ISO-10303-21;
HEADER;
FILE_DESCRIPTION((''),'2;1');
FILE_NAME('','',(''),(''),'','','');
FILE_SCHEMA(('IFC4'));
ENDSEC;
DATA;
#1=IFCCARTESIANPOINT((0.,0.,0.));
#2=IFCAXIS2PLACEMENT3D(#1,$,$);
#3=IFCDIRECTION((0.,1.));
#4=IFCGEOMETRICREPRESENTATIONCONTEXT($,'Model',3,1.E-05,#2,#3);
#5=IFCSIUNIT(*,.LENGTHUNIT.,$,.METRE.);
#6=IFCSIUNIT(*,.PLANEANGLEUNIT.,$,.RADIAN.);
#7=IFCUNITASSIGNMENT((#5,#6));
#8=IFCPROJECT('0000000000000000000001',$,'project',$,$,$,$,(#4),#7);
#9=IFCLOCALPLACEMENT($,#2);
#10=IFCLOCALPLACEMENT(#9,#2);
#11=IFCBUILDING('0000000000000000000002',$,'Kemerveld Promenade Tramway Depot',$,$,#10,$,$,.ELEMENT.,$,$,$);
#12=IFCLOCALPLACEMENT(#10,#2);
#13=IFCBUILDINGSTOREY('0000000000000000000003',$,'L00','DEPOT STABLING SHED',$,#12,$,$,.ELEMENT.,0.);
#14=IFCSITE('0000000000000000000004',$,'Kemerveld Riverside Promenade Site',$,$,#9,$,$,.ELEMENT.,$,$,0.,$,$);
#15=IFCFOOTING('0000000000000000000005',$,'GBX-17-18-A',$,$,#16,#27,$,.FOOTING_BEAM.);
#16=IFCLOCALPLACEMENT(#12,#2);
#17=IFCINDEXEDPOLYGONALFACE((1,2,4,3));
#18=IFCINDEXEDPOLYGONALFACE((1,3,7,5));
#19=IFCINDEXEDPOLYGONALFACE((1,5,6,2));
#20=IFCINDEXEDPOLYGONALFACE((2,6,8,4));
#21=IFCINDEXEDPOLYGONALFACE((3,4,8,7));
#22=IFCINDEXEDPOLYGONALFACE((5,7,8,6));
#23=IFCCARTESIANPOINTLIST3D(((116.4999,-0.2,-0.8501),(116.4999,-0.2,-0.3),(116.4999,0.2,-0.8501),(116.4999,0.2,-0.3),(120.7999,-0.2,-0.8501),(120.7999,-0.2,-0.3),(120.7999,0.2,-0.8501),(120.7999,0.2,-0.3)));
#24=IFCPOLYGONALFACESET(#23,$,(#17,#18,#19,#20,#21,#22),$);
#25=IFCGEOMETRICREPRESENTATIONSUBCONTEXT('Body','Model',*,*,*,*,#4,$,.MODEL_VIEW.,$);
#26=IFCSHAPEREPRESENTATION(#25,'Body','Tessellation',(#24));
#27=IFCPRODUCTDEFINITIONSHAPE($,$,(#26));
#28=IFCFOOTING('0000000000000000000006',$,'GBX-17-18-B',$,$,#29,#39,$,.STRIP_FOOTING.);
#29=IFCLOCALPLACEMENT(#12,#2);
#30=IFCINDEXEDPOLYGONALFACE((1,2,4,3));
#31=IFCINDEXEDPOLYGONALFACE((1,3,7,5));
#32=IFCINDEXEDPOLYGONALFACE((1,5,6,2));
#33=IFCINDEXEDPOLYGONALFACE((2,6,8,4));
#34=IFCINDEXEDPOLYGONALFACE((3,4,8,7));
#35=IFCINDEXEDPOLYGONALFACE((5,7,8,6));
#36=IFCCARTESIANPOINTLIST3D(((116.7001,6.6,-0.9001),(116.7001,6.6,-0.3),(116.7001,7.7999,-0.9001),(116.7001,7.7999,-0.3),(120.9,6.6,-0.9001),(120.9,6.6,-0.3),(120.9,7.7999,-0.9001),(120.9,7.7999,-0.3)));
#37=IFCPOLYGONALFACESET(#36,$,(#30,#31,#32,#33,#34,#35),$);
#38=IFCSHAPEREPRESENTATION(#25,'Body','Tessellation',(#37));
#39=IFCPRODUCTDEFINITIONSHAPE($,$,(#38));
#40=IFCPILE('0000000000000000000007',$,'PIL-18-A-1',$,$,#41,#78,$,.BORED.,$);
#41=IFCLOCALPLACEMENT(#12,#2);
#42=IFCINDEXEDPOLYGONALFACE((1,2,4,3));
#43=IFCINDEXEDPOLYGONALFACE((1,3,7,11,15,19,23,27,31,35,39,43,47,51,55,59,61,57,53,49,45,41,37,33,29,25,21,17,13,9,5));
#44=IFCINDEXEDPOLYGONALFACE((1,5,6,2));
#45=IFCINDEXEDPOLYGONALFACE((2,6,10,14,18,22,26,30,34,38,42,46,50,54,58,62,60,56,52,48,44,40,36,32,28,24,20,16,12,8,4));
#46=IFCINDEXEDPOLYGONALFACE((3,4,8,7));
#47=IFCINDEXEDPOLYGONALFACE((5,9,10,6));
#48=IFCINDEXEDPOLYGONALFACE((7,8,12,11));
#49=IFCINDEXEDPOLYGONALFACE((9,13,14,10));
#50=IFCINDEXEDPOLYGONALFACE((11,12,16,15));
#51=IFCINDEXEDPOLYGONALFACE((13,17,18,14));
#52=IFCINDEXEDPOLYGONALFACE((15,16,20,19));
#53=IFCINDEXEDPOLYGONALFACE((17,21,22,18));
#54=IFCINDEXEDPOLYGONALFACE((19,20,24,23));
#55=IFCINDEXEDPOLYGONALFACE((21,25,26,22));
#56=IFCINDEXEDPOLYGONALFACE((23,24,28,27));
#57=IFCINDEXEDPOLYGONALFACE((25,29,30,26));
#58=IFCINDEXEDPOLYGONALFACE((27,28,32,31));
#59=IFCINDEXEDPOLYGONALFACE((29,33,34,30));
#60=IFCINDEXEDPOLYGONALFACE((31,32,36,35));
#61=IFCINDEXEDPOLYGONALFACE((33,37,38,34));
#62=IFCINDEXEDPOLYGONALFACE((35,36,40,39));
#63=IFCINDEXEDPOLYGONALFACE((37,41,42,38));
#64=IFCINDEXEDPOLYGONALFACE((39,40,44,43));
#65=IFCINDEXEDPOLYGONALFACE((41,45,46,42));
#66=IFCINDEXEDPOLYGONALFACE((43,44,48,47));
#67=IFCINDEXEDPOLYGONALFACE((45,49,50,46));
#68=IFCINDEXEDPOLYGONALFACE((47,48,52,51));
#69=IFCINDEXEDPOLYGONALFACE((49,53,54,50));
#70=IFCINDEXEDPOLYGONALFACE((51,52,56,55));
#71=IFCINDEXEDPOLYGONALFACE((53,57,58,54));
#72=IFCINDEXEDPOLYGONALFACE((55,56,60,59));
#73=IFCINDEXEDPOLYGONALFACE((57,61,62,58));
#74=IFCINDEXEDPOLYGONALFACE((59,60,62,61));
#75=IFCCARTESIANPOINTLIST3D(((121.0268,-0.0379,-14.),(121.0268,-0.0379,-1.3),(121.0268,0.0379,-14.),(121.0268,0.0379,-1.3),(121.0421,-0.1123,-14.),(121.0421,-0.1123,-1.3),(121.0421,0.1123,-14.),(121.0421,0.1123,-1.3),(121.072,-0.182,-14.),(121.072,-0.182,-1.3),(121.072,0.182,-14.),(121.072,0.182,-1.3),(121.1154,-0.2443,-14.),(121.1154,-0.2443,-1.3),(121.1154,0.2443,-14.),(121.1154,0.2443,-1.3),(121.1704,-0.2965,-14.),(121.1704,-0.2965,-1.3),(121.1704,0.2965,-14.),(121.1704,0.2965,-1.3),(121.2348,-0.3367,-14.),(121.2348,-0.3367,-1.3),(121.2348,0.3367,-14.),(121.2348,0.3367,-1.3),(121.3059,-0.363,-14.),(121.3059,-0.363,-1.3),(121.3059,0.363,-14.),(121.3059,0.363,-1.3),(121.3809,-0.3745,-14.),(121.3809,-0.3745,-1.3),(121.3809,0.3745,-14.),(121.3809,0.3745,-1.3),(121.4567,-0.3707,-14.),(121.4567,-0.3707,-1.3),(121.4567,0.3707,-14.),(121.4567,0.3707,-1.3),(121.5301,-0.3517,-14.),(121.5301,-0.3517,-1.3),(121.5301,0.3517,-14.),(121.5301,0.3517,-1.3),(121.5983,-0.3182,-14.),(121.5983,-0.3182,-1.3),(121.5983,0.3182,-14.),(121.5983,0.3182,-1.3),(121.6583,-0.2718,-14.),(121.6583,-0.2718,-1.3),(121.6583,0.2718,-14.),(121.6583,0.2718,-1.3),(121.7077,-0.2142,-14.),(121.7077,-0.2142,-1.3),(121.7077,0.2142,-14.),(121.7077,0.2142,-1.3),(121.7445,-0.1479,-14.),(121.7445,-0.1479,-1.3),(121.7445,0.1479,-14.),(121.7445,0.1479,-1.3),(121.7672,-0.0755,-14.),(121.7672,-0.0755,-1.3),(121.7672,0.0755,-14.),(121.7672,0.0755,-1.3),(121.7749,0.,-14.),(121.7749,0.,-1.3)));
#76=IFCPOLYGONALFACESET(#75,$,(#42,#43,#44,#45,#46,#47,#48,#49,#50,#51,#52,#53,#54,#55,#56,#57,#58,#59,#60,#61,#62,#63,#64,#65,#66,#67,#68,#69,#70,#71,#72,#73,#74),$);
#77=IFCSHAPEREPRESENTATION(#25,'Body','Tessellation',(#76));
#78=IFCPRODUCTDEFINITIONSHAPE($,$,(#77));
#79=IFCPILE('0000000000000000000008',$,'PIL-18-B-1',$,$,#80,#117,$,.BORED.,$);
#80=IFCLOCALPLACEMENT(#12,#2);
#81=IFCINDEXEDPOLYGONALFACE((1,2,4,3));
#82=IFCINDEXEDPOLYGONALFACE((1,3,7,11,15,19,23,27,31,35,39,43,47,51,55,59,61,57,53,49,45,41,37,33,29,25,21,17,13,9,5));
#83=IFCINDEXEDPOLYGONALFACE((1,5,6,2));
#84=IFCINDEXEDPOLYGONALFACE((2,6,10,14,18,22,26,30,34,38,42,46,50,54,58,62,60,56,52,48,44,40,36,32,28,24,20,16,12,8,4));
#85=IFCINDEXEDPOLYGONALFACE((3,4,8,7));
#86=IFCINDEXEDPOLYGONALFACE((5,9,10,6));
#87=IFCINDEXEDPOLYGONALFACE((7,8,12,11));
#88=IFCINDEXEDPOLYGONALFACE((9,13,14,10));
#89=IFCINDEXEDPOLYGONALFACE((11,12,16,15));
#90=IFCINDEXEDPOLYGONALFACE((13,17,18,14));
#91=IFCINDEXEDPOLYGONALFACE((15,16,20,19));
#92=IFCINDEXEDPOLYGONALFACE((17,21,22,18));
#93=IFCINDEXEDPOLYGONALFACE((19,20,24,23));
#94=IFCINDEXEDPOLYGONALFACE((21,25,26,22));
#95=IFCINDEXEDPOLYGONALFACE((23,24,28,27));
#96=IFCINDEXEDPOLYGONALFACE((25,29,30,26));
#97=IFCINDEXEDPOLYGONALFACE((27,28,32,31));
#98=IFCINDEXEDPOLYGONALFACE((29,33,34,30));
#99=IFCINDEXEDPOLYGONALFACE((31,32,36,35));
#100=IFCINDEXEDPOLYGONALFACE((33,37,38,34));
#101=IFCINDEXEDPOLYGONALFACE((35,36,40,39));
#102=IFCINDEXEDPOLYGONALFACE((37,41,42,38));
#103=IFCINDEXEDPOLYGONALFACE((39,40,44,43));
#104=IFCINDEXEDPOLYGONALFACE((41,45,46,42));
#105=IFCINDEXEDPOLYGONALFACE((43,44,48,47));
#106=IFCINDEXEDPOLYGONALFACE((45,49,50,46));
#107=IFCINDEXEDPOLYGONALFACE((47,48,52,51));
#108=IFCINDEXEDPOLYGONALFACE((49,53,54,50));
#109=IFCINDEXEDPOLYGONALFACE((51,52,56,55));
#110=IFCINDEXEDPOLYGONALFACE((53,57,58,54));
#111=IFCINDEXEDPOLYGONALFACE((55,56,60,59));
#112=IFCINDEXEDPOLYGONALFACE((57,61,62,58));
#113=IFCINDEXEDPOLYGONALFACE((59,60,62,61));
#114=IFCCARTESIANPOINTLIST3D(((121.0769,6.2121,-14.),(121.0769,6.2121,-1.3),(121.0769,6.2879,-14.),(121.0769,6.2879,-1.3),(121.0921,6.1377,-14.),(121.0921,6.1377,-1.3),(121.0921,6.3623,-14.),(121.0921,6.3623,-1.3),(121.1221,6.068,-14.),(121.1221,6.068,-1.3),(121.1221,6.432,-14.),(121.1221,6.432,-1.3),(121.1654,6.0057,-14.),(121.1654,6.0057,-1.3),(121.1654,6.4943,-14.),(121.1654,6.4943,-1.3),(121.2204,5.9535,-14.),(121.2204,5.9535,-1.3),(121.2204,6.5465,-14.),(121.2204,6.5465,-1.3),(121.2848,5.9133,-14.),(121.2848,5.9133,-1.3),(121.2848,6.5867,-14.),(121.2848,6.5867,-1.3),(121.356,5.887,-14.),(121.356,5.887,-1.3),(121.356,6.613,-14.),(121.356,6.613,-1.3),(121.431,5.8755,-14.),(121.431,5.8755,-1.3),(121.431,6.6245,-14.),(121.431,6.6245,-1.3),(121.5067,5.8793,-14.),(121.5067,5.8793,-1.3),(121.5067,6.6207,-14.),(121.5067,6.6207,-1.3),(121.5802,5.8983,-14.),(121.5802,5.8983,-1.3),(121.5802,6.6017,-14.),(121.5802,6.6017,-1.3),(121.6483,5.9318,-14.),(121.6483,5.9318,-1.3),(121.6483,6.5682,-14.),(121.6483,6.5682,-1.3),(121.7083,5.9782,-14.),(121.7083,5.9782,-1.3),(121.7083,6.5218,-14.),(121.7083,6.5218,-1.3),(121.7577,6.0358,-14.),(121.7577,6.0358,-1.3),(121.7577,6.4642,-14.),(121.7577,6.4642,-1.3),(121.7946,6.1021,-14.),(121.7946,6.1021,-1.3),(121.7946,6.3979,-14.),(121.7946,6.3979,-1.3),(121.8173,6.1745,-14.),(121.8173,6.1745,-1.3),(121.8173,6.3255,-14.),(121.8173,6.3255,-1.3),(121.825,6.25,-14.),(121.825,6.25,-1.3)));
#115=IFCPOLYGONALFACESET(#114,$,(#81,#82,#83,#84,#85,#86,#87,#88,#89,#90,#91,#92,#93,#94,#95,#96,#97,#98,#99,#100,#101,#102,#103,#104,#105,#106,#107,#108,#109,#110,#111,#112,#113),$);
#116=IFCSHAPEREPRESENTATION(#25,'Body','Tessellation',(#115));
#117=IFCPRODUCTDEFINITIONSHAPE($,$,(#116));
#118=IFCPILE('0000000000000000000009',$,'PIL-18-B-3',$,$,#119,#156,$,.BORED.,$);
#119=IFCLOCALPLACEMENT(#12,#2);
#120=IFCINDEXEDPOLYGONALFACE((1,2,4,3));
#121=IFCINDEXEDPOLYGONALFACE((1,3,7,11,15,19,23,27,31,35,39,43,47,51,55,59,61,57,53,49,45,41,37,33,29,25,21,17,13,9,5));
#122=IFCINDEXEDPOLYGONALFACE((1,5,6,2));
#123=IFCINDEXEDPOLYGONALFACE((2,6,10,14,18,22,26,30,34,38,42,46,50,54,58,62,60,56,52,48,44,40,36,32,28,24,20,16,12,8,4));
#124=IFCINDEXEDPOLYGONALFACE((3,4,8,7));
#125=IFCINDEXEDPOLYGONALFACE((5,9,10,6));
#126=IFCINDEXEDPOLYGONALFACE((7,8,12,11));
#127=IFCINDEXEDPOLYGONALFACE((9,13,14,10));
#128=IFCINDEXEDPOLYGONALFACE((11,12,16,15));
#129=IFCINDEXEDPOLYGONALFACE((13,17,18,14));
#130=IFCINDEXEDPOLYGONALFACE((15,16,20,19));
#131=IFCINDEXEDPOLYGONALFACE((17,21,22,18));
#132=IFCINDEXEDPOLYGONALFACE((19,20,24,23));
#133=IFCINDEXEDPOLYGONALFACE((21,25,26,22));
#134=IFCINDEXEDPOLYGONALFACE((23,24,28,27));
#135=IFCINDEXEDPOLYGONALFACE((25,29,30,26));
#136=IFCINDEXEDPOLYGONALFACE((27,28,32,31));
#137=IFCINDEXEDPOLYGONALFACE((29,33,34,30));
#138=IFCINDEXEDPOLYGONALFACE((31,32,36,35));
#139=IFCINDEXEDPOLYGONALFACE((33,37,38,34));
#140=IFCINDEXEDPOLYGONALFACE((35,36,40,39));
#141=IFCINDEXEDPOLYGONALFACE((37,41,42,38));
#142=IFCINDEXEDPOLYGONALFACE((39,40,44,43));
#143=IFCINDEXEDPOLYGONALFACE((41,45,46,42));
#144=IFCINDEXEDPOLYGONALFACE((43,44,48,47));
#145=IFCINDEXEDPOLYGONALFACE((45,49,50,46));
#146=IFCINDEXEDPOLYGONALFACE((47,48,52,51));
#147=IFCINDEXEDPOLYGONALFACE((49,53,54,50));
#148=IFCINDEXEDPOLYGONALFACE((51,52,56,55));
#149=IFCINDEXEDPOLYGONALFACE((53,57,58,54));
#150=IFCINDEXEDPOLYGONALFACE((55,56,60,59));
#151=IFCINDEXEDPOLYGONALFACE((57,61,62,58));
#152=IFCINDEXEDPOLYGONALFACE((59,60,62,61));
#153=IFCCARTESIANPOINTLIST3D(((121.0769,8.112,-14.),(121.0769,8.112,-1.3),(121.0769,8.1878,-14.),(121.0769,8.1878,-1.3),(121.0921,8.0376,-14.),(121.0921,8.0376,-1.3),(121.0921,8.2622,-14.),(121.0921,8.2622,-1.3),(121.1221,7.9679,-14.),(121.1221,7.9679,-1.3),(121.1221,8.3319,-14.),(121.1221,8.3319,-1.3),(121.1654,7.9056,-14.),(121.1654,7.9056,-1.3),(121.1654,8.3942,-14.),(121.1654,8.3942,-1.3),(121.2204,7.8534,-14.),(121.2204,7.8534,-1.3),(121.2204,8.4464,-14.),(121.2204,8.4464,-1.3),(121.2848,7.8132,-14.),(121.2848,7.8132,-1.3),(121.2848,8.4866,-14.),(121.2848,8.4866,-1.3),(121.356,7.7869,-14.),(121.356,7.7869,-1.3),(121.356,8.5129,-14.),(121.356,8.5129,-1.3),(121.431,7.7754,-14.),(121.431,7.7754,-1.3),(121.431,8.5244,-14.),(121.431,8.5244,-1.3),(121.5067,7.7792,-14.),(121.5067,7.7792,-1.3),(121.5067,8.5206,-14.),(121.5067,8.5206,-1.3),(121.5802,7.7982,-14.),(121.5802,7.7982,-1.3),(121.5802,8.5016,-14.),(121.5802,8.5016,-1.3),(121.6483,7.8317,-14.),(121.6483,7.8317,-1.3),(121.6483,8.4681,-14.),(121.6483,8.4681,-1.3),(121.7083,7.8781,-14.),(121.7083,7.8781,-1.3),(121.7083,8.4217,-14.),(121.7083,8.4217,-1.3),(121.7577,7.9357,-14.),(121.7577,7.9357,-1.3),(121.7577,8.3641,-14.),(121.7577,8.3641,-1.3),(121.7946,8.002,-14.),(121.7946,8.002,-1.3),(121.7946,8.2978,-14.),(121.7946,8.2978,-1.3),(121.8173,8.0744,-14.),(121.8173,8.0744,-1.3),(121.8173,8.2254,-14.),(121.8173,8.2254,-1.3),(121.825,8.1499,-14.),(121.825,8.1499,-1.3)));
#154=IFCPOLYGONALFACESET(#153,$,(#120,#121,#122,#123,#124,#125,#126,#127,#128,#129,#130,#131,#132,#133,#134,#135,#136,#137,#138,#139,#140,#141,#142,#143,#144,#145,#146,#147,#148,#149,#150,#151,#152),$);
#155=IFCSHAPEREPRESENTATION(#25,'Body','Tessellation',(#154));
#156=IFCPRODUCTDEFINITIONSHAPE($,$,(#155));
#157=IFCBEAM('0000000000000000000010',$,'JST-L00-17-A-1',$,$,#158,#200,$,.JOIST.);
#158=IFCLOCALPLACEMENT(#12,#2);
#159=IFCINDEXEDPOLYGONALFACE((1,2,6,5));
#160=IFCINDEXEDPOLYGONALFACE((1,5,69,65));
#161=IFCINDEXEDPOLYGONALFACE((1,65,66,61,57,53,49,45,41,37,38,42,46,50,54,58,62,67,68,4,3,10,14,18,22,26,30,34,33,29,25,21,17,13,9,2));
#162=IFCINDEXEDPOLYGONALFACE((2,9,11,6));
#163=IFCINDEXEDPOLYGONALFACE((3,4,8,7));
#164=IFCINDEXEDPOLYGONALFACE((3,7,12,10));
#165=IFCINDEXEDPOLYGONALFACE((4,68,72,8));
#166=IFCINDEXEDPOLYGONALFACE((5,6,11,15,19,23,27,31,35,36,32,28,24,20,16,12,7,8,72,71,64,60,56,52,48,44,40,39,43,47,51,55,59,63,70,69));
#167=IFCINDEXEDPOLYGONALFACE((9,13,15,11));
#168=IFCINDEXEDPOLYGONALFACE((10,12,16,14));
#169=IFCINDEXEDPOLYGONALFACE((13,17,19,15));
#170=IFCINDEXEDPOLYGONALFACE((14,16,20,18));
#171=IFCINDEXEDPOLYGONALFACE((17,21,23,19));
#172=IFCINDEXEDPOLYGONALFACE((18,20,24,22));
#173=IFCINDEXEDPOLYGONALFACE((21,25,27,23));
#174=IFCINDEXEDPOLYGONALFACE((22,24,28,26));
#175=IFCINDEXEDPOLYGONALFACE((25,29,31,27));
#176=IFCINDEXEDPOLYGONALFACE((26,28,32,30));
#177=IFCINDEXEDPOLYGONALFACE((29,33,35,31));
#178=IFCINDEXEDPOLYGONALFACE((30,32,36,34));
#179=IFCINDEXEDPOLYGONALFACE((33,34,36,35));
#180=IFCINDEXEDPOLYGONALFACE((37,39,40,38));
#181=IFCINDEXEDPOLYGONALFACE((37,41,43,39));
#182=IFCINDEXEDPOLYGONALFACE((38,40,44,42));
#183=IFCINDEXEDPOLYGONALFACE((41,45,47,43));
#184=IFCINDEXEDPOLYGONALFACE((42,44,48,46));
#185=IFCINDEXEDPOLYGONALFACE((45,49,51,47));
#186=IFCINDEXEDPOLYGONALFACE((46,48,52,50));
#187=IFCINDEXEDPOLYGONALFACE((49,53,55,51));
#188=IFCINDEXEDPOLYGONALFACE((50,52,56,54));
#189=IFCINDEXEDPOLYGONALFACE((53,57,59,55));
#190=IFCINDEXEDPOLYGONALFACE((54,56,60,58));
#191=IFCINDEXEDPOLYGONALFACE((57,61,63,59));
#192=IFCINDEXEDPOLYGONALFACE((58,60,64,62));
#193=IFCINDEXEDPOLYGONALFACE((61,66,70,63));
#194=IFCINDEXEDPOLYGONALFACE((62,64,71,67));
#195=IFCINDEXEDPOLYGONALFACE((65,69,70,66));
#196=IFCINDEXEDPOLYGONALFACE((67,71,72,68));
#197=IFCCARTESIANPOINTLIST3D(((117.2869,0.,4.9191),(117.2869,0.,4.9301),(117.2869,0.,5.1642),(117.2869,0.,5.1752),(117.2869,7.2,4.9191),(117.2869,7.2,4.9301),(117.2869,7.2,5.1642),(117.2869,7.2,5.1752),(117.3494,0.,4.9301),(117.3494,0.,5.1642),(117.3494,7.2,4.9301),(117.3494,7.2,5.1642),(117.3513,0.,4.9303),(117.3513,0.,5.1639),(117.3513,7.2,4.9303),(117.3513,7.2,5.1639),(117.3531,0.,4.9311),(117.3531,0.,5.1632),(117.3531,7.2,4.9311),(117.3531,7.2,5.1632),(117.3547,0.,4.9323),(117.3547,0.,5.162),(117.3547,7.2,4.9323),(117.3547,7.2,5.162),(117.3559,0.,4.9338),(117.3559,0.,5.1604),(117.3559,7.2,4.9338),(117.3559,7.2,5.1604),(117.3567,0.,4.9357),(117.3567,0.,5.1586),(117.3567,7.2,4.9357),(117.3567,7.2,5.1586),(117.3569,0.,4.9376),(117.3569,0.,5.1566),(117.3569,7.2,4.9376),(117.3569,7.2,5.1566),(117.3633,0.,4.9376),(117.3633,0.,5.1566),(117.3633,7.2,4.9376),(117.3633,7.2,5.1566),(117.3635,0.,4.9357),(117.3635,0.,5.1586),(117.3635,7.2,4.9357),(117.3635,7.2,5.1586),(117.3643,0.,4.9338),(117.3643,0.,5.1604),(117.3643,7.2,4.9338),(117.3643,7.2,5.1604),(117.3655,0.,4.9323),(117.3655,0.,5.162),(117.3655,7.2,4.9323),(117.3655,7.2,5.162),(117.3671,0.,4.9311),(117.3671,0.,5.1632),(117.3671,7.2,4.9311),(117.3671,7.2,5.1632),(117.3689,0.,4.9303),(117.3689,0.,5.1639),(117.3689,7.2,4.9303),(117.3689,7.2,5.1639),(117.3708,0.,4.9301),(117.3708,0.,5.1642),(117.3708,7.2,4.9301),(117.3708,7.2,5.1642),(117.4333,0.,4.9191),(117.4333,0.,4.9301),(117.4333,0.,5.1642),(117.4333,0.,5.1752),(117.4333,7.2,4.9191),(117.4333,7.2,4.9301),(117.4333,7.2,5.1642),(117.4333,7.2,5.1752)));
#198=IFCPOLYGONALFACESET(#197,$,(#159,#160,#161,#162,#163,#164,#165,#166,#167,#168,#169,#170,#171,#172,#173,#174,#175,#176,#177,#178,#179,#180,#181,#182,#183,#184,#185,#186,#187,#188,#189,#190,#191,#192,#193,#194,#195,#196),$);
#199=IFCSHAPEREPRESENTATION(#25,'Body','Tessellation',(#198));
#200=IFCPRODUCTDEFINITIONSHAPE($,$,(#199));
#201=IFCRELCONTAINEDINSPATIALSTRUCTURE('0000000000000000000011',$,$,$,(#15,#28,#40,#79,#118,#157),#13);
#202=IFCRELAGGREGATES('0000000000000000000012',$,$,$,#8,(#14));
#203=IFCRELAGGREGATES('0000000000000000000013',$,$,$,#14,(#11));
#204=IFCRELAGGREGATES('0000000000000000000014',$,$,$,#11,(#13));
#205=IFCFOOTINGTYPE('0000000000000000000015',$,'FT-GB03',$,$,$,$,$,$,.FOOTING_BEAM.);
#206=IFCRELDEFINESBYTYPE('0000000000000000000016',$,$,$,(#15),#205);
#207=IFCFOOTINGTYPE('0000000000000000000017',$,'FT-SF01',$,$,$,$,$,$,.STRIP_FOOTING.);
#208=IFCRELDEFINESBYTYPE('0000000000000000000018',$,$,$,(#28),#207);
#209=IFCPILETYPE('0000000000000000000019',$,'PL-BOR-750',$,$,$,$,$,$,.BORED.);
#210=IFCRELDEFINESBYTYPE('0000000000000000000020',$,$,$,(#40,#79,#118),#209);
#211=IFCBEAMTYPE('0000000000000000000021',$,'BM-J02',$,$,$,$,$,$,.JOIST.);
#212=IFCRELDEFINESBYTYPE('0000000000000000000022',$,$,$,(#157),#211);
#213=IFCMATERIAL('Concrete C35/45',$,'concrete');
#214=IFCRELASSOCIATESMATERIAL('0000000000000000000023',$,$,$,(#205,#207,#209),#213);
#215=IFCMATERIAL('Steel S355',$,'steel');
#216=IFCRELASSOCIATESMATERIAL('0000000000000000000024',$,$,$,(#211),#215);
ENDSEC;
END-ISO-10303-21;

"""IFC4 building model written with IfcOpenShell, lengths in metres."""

from ifc_helpers import new_model, si_unit, direction, frame, origin, origin_2d, place, context, subcontext, project, spatial, rectangle, circle, i_section, extrude, material, material_profile, profile_set, type_object, element, save


model = new_model("IFC4")

# Units and contexts
model_context = context("Model", 3, precision=1e-05, world=origin(), true_north=direction((0.0, 1.0)))
body_context = subcontext(model_context, "Body", "Model", "MODEL_VIEW")
ifc_project = project(units=[si_unit("LENGTHUNIT", "METRE"), si_unit("PLANEANGLEUNIT", "RADIAN")], contexts=[model_context])

# Site, building, storey
site_placement = place(None, origin())
site = spatial("IfcSite", under=ifc_project, at=site_placement, Name="Kemerveld Riverside Promenade Site", CompositionType="ELEMENT", RefElevation=0.0)
building_placement = place(site_placement, origin())
building = spatial("IfcBuilding", under=site, at=building_placement, Name="Kemerveld Promenade Tramway Depot", CompositionType="ELEMENT")
storey_placement = place(building_placement, origin())
storey = spatial("IfcBuildingStorey", under=building, at=storey_placement, Name="L00", Description="DEPOT STABLING SHED", CompositionType="ELEMENT", Elevation=0.0)

# Footings
ifc_material_1 = material(Name="Concrete C35/45", Category="concrete")
footing_type_1 = type_object("IfcFootingType", Name="FT-GB03", PredefinedType="FOOTING_BEAM", material=ifc_material_1)
footing_1_placement = place(storey_placement, frame((118.6499, 0.0, -0.8501), z_axis=(0.0, 0.0, 1.0), x_axis=(1.0, 0.0, 0.0)))
element("IfcFooting", 1, at=footing_1_placement, inside=storey, type_object=footing_type_1, Name="GBX-17-18-A", PredefinedType="FOOTING_BEAM", context=body_context, shape_type="SweptSolid", body=[
    extrude(rectangle(XDim=4.3, YDim=0.3999, at=origin_2d()), origin(), (0.0, 0.0, 1.0), 0.55),
])
footing_type_2 = type_object("IfcFootingType", Name="FT-SF01", PredefinedType="STRIP_FOOTING", material=ifc_material_1)
footing_2_placement = place(storey_placement, frame((118.8, 7.2, -0.9001), z_axis=(0.0, 0.0, 1.0), x_axis=(1.0, 0.0, 0.0)))
element("IfcFooting", 2, at=footing_2_placement, inside=storey, type_object=footing_type_2, Name="GBX-17-18-B", PredefinedType="STRIP_FOOTING", context=body_context, shape_type="SweptSolid", body=[
    extrude(rectangle(XDim=4.2, YDim=1.2, at=origin_2d()), origin(), (0.0, 0.0, 1.0), 0.6001),
])

# Piles
ifc_material_profile_1 = material_profile(ifc_material_1, circle(Radius=0.375, at=origin_2d()), Name="PILE-D750")
ifc_profile_set_1 = profile_set([ifc_material_profile_1], Name="Concrete C35/45")
pile_type = type_object("IfcPileType", Name="PL-BOR-750", PredefinedType="BORED", material=ifc_profile_set_1)
for number, where, z_axis, x_axis, name in (
    (3, (121.3999, 0.0, -1.3), (0.0, 0.0, -1.0), (1.0, 0.0, 0.0), "PIL-18-A-1"),
    (4, (121.45, 6.25, -1.3), (0.0, 0.0, -1.0), (1.0, 0.0, 0.0), "PIL-18-B-1"),
    (5, (121.45, 8.1499, -1.3), (0.0, 0.0, -1.0), (1.0, 0.0, 0.0), "PIL-18-B-3"),
):
    element("IfcPile", number, at=place(storey_placement, frame(where, z_axis=z_axis, x_axis=x_axis)), inside=storey, type_object=pile_type, Name=name, PredefinedType="BORED", context=body_context, shape_type="SweptSolid", body=[
        extrude(circle(Radius=0.375, at=origin_2d()), origin(), (0.0, 0.0, 1.0), 12.7),
    ])

# Beam
ifc_material_2 = material(Name="Steel S355", Category="steel")
ifc_material_profile_2 = material_profile(ifc_material_2, i_section(OverallWidth=0.1465, OverallDepth=0.2561, WebThickness=0.0063, FlangeThickness=0.011, FilletRadius=0.0076, at=origin_2d()), Name="254x146x37 UB")
ifc_profile_set_2 = profile_set([ifc_material_profile_2], Name="Steel S355")
beam_type_1 = type_object("IfcBeamType", Name="BM-J02", PredefinedType="JOIST", material=ifc_profile_set_2)
for number, where, z_axis, x_axis, name in (
    (6, (117.3601, 0.0, 5.0471), (0.0, 1.0, 0.0), (-1.0, 0.0, 0.0), "JST-L00-17-A-1"),
):
    element("IfcBeam", number, at=place(storey_placement, frame(where, z_axis=z_axis, x_axis=x_axis)), inside=storey, type_object=beam_type_1, Name=name, PredefinedType="JOIST", context=body_context, shape_type="SweptSolid", body=[
        extrude(i_section(OverallWidth=0.1465, OverallDepth=0.2561, WebThickness=0.0063, FlangeThickness=0.011, FilletRadius=0.0076, at=origin_2d()), origin(), (0.0, 0.0, 1.0), 7.2),
    ])

save(model, "model.ifc")
